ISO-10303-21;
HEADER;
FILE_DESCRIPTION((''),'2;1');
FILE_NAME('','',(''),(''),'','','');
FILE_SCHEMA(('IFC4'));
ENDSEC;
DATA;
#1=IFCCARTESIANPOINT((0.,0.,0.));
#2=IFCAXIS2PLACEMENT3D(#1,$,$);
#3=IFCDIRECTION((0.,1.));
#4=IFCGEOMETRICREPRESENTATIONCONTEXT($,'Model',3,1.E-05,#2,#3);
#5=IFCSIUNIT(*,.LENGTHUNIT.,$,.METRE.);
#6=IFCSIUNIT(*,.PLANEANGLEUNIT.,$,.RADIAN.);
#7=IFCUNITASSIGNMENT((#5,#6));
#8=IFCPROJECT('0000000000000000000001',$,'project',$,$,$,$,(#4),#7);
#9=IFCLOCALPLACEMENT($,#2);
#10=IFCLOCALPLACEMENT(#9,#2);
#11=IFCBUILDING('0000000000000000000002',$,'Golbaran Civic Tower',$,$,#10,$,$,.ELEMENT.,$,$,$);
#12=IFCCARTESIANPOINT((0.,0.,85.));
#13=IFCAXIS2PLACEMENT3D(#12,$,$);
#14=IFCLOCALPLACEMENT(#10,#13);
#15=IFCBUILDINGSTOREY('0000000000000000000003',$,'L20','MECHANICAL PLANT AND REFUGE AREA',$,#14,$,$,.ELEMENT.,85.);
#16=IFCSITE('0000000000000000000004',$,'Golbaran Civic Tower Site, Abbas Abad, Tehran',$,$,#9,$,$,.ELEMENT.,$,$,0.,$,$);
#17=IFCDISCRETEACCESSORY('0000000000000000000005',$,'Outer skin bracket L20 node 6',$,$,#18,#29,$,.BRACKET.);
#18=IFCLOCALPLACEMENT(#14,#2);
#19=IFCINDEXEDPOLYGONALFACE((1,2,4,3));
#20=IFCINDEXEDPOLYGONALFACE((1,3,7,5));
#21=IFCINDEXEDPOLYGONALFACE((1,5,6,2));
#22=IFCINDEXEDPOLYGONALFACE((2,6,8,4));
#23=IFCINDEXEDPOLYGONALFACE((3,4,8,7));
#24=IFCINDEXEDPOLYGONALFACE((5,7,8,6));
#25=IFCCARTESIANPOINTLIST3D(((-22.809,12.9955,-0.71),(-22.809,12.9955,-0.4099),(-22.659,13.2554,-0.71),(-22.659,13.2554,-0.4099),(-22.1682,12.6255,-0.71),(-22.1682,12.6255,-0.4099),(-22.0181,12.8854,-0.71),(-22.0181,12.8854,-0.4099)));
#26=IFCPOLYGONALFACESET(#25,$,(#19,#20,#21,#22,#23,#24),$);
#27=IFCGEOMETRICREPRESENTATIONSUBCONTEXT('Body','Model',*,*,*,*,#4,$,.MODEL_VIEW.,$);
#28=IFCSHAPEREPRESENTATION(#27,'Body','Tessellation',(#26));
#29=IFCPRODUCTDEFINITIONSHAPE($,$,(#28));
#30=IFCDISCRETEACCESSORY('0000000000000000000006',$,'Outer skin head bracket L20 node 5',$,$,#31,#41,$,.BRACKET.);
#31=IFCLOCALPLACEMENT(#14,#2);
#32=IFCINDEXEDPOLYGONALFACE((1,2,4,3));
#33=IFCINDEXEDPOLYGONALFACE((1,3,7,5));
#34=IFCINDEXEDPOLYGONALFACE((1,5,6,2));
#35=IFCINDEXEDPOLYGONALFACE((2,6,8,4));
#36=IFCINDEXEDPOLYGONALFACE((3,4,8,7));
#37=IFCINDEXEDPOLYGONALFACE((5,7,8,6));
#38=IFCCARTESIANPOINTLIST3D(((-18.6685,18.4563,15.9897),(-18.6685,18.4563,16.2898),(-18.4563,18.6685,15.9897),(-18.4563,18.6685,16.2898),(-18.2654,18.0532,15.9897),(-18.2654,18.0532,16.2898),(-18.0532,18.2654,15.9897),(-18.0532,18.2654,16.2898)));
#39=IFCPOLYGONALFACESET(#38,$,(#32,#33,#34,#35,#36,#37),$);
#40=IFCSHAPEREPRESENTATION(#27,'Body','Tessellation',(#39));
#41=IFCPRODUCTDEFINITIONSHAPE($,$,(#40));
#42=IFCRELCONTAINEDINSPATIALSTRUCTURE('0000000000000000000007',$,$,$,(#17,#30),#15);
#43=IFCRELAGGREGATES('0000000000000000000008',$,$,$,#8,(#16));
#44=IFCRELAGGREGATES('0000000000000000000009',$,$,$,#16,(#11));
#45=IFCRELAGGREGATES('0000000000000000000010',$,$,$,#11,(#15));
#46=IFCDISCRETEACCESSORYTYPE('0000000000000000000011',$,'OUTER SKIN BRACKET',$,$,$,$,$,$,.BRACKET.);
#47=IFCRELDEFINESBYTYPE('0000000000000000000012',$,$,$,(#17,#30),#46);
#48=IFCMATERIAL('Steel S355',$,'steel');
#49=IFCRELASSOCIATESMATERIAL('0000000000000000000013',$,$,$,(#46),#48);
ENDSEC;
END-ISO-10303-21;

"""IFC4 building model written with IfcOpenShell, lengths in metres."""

from ifc_helpers import new_model, si_unit, direction, frame, origin, origin_2d, place, context, subcontext, project, spatial, rectangle, extrude, material, type_object, element, save


model = new_model("IFC4")

# Units and contexts
model_context = context("Model", 3, precision=1e-05, world=origin(), true_north=direction((0.0, 1.0)))
body_context = subcontext(model_context, "Body", "Model", "MODEL_VIEW")
ifc_project = project(units=[si_unit("LENGTHUNIT", "METRE"), si_unit("PLANEANGLEUNIT", "RADIAN")], contexts=[model_context])

# Site, building, storey
site_placement = place(None, origin())
site = spatial("IfcSite", under=ifc_project, at=site_placement, Name="Golbaran Civic Tower Site, Abbas Abad, Tehran", CompositionType="ELEMENT", RefElevation=0.0)
building_placement = place(site_placement, origin())
building = spatial("IfcBuilding", under=site, at=building_placement, Name="Golbaran Civic Tower", CompositionType="ELEMENT")
storey_placement = place(building_placement, frame((0.0, 0.0, 85.0)))
storey = spatial("IfcBuildingStorey", under=building, at=storey_placement, Name="L20", Description="MECHANICAL PLANT AND REFUGE AREA", CompositionType="ELEMENT", Elevation=85.0)

# Shared definitions
ifc_material_1 = material(Name="Steel S355", Category="steel")

# Discrete accessories
discrete_accessory_type = type_object("IfcDiscreteAccessoryType", Name="OUTER SKIN BRACKET", PredefinedType="BRACKET", material=ifc_material_1)
for number, where, z_axis, x_axis, name in (
    (1, (-22.4136, 12.9404, -0.71), (0.0, 0.0, 1.0), (-0.866025, 0.5, 0.0), "Outer skin bracket L20 node 6"),
):
    element("IfcDiscreteAccessory", number, at=place(storey_placement, frame(where, z_axis=z_axis, x_axis=x_axis)), inside=storey, type_object=discrete_accessory_type, Name=name, PredefinedType="BRACKET", context=body_context, shape_type="SweptSolid", body=[
        extrude(rectangle(XDim=0.74, YDim=0.3, at=origin_2d()), origin(), (0.0, 0.0, 1.0), 0.3),
    ])
discrete_accessory_placement = place(storey_placement, frame((-18.3608, 18.3608, 15.9897), z_axis=(0.0, 0.0, 1.0), x_axis=(-0.707107, 0.707107, 0.0)))
element("IfcDiscreteAccessory", 2, at=discrete_accessory_placement, inside=storey, type_object=discrete_accessory_type, Name="Outer skin head bracket L20 node 5", PredefinedType="BRACKET", context=body_context, shape_type="SweptSolid", body=[
    extrude(rectangle(XDim=0.5701, YDim=0.3, at=origin_2d()), origin(), (0.0, 0.0, 1.0), 0.3),
])

save(model, "model.ifc")
